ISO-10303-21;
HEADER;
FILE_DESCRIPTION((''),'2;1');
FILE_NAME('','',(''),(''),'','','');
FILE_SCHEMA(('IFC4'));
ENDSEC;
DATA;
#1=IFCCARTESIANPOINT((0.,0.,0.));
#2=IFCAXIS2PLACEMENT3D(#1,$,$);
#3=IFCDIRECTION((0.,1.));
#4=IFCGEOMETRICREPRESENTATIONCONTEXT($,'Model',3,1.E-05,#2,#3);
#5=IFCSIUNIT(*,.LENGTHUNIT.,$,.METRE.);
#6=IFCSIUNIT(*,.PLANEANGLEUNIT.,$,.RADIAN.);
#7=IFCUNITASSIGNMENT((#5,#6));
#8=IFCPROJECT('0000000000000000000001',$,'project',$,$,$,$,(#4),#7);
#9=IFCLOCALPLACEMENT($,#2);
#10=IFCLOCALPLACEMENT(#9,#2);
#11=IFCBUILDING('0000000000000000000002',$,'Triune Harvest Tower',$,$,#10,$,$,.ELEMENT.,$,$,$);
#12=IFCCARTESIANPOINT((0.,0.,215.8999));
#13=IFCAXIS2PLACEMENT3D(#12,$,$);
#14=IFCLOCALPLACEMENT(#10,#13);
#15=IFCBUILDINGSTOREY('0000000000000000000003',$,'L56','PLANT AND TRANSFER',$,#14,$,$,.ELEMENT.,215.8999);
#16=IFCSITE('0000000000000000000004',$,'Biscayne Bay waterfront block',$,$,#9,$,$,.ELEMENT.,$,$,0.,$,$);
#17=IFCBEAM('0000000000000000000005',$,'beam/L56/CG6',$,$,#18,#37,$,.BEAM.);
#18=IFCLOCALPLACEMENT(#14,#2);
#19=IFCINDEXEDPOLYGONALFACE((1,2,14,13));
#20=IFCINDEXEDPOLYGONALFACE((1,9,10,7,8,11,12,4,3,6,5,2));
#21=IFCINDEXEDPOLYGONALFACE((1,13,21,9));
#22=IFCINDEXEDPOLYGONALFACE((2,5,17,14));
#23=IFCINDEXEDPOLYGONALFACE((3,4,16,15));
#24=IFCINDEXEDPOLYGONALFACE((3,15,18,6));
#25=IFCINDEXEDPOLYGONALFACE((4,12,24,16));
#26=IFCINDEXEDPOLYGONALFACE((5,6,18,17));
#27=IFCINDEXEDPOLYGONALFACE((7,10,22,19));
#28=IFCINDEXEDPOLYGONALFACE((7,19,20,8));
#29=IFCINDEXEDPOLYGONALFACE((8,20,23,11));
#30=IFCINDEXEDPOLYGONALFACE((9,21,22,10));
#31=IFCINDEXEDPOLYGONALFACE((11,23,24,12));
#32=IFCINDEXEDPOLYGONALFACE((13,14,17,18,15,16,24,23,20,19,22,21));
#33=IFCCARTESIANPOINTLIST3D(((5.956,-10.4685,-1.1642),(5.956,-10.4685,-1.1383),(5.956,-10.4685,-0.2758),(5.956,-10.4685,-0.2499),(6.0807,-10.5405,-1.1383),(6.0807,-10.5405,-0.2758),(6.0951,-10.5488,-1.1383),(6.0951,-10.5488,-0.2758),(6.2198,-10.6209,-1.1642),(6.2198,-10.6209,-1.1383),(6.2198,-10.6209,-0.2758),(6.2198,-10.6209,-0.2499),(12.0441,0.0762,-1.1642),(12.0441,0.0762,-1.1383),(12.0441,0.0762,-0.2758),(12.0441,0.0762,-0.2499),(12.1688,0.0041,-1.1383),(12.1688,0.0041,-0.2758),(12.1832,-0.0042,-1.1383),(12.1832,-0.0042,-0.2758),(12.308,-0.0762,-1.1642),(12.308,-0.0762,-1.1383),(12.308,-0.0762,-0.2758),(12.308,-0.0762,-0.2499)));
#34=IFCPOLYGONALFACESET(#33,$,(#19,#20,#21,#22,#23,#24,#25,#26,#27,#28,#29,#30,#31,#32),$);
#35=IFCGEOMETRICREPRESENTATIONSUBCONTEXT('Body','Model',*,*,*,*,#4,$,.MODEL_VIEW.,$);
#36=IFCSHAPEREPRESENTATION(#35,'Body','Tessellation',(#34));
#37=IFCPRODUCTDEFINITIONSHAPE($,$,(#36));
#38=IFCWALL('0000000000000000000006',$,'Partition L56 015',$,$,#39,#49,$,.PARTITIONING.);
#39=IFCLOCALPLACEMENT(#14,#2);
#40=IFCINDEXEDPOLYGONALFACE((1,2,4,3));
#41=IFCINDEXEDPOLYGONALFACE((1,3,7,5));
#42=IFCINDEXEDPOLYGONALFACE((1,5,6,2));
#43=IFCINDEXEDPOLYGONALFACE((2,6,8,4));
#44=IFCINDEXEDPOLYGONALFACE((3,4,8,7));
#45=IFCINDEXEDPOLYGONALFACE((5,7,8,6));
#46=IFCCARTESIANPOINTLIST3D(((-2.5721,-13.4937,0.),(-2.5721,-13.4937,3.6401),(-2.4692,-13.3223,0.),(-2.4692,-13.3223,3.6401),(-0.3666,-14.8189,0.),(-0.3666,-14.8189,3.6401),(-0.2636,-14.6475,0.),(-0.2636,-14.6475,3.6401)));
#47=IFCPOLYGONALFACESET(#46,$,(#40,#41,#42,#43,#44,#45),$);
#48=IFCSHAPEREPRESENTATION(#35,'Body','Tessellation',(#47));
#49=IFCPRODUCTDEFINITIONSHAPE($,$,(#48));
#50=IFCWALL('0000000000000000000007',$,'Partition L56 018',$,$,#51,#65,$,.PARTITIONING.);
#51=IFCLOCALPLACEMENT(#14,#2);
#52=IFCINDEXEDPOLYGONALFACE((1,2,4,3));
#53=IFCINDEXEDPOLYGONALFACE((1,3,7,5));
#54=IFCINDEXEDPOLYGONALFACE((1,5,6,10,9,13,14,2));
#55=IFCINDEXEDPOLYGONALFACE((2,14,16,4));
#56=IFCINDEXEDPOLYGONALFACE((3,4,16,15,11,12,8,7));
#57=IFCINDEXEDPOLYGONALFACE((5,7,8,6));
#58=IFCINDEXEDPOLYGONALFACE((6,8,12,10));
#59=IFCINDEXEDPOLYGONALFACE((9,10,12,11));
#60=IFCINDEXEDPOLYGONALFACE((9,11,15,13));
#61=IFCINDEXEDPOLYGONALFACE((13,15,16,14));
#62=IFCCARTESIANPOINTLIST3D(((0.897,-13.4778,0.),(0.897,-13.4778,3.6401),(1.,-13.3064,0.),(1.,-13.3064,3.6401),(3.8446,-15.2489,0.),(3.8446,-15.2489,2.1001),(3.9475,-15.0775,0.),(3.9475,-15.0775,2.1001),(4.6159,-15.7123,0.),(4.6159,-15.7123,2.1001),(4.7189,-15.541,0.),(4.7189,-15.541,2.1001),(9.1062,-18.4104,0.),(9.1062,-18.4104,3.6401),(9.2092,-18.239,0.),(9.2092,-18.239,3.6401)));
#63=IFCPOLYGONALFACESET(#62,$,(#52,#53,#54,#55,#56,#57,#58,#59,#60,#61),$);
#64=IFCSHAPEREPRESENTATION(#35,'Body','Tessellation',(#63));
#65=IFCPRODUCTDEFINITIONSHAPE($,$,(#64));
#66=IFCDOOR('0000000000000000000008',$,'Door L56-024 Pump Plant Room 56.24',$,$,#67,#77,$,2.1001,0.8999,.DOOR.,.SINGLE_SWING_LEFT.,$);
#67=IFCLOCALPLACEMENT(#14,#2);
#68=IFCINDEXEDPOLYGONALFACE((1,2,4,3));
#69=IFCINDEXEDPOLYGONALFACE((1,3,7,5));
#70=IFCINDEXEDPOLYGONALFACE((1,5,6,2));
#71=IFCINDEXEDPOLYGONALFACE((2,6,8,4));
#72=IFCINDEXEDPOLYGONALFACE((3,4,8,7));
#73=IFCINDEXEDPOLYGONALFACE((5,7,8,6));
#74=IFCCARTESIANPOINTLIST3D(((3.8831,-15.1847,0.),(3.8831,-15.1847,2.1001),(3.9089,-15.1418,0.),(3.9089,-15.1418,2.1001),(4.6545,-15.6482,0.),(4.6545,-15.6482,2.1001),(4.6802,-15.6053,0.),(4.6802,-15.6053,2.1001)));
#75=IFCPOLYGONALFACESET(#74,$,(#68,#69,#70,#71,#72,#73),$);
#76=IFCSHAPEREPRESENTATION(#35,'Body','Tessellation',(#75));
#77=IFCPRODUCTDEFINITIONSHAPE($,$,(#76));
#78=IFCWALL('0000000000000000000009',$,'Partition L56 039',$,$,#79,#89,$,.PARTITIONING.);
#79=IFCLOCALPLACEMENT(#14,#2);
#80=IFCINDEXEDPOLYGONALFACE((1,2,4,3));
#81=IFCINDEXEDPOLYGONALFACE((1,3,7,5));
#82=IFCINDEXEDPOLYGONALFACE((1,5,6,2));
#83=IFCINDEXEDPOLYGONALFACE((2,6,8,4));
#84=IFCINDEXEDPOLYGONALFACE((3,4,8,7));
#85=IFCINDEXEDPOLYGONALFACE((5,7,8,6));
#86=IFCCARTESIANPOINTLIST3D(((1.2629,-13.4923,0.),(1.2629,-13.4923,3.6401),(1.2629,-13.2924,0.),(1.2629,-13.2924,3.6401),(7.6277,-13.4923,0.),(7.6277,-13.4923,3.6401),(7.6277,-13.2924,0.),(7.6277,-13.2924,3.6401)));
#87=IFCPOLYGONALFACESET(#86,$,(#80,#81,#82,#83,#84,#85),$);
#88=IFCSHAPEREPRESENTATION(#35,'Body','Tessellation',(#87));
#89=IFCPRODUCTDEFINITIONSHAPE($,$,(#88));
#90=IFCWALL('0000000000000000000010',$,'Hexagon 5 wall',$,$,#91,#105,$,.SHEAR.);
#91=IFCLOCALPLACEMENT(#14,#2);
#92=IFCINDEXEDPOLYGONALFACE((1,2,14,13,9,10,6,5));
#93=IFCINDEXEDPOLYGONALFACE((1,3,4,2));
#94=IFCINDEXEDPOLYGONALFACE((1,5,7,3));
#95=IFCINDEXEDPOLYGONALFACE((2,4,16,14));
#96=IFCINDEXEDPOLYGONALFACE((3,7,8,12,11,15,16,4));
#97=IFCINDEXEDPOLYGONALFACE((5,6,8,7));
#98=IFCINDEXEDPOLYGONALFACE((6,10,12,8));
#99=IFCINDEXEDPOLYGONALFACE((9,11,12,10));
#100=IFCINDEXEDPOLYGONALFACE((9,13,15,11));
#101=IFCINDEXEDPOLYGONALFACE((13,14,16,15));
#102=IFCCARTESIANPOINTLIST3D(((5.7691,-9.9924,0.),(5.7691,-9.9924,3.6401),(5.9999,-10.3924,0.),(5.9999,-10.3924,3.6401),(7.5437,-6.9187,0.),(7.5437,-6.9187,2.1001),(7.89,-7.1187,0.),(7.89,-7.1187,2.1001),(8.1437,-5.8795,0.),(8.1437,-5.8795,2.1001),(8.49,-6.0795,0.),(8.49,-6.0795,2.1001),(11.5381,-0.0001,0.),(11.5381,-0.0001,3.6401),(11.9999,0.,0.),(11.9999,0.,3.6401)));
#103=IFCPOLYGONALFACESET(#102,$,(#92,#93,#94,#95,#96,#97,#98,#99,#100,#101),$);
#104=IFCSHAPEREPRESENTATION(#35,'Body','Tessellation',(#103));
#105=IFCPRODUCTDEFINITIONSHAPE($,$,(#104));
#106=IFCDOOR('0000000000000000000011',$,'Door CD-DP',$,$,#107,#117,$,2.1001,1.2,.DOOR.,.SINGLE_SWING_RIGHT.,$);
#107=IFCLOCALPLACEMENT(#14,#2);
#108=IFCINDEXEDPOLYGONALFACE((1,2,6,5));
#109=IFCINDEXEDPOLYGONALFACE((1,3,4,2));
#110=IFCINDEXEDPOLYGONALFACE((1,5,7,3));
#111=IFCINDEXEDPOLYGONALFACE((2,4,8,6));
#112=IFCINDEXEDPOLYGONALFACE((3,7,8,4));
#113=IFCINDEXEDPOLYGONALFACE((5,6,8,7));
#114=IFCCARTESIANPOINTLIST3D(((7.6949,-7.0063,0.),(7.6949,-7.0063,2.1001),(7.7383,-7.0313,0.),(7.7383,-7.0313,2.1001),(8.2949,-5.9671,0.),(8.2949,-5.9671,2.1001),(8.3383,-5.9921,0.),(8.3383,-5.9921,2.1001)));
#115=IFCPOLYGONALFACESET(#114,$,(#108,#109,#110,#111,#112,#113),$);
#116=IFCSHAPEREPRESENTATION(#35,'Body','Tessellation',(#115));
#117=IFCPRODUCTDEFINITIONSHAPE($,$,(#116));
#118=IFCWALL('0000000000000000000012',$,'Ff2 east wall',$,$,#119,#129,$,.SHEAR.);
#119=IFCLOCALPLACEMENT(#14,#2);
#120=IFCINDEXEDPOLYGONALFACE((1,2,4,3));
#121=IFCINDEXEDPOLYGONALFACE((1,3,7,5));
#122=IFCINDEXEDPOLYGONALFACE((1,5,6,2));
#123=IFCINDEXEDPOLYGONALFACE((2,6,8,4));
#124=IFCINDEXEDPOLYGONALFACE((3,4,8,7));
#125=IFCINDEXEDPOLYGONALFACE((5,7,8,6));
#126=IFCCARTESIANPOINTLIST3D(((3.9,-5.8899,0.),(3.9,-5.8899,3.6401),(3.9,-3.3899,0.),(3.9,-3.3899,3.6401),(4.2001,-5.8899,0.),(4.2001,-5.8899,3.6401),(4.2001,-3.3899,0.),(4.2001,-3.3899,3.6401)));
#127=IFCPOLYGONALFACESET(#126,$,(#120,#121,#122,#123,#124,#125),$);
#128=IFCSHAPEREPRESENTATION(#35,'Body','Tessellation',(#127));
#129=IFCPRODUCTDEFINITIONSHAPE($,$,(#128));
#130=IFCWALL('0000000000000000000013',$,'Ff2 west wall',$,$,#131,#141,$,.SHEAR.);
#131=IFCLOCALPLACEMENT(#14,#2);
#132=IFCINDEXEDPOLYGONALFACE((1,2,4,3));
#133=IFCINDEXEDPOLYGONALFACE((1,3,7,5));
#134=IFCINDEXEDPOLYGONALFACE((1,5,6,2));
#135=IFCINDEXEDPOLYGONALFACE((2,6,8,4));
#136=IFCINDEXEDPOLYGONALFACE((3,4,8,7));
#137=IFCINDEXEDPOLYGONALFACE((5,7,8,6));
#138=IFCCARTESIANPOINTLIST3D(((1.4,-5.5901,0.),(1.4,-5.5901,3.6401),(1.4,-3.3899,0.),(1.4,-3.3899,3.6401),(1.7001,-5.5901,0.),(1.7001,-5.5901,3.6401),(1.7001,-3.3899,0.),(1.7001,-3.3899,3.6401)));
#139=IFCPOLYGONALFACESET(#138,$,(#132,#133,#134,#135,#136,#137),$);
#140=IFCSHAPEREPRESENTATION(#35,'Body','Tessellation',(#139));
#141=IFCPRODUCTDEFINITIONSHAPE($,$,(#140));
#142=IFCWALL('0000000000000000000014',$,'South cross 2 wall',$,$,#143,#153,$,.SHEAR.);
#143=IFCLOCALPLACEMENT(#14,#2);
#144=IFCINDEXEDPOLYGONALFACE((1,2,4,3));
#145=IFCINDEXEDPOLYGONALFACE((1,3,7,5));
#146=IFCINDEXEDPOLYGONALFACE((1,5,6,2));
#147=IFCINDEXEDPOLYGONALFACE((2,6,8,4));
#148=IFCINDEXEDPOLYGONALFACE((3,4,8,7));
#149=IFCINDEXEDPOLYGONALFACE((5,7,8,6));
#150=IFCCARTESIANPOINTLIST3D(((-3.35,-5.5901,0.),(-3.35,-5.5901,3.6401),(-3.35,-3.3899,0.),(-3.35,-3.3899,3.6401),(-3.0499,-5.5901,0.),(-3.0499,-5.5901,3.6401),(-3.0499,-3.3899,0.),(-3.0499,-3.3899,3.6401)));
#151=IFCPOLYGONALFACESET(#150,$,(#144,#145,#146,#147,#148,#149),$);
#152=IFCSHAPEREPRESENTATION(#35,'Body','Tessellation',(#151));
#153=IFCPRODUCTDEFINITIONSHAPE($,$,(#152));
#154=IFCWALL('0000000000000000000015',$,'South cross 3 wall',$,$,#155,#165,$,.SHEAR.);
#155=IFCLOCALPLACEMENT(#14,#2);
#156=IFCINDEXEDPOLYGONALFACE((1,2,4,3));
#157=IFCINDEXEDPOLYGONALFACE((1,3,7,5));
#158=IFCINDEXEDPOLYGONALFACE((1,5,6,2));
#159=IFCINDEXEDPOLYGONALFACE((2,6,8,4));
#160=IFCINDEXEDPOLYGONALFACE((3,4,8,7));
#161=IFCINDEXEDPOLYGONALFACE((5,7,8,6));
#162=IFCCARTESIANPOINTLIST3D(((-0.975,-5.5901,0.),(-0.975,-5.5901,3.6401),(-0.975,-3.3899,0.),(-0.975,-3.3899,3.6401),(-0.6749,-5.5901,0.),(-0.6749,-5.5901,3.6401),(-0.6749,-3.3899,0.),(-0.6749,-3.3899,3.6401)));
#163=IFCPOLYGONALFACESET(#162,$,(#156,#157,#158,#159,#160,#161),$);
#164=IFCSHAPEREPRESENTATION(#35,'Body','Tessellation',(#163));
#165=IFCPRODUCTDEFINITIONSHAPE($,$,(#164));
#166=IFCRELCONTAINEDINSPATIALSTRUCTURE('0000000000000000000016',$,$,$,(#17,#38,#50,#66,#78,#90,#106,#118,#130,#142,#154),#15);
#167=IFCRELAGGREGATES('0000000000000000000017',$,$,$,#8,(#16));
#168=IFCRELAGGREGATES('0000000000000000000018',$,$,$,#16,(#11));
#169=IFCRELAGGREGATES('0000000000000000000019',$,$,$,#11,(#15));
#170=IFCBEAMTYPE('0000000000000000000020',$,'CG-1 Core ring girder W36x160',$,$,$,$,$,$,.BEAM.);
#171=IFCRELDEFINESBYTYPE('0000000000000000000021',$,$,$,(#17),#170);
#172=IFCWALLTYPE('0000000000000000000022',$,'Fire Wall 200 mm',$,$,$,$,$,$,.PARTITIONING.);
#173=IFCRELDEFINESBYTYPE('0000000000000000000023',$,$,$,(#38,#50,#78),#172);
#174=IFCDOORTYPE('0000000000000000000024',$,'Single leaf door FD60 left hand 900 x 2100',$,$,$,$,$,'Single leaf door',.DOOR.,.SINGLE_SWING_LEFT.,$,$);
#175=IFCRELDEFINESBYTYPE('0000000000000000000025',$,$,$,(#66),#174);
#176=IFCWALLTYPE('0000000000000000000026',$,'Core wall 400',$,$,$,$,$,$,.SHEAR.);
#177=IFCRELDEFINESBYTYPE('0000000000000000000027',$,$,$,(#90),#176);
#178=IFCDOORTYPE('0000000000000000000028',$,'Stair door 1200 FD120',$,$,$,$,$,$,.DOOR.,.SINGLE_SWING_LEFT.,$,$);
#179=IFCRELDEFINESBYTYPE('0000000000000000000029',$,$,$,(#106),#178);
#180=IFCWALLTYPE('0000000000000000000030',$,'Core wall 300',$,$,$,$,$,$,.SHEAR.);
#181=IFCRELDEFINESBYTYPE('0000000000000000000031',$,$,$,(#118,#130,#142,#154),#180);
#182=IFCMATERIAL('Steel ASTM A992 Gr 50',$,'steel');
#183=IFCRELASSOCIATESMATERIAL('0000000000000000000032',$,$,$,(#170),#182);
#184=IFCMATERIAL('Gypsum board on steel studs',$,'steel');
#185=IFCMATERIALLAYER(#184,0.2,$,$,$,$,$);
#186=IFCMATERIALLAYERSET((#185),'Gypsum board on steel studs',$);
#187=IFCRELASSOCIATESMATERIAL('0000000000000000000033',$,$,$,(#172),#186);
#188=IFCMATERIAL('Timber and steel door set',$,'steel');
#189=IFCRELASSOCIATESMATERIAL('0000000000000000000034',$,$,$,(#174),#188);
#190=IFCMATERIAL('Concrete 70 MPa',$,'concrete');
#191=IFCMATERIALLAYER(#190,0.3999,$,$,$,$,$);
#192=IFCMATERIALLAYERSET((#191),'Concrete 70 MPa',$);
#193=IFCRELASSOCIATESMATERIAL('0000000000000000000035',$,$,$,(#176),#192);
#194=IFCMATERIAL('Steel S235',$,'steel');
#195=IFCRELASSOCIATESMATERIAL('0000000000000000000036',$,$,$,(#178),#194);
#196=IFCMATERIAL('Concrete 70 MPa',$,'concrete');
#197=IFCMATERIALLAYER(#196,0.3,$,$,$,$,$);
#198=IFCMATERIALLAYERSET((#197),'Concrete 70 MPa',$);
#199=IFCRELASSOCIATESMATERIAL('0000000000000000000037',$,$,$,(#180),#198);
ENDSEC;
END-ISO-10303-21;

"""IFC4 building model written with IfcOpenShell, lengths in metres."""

from ifc_helpers import new_model, si_unit, direction, frame, frame_2d, origin, origin_2d, place, context, subcontext, project, spatial, polyline, rectangle, i_section, outline, extrude, source, transform, mapped, material, layer, layer_set, material_profile, profile_set, type_object, element, fill, save


model = new_model("IFC4")

# Units and contexts
model_context = context("Model", 3, precision=1e-05, world=origin(), true_north=direction((0.0, 1.0)))
body_context = subcontext(model_context, "Body", "Model", "MODEL_VIEW")
ifc_project = project(units=[si_unit("LENGTHUNIT", "METRE"), si_unit("PLANEANGLEUNIT", "RADIAN")], contexts=[model_context])

# Site, building, storey
site_placement = place(None, origin())
site = spatial("IfcSite", under=ifc_project, at=site_placement, Name="Biscayne Bay waterfront block", CompositionType="ELEMENT", RefElevation=0.0)
building_placement = place(site_placement, origin())
building = spatial("IfcBuilding", under=site, at=building_placement, Name="Triune Harvest Tower", CompositionType="ELEMENT")
storey_placement = place(building_placement, frame((0.0, 0.0, 215.8999)))
storey = spatial("IfcBuildingStorey", under=building, at=storey_placement, Name="L56", Description="PLANT AND TRANSFER", CompositionType="ELEMENT", Elevation=215.8999)

# Beam
ifc_material_1 = material(Name="Steel ASTM A992 Gr 50", Category="steel")
ifc_material_profile = material_profile(ifc_material_1, i_section(OverallWidth=0.3047, OverallDepth=0.9143, WebThickness=0.0166, FlangeThickness=0.0259, at=origin_2d()), Name="W36x160")
ifc_profile_set = profile_set([ifc_material_profile], Name="Steel ASTM A992 Gr 50")
beam_type = type_object("IfcBeamType", Name="CG-1 Core ring girder W36x160", PredefinedType="BEAM", material=ifc_profile_set)
shared_shape_1 = source(origin(), body_context, "Body", "SweptSolid", [
    extrude(i_section(OverallWidth=0.3047, OverallDepth=0.9143, WebThickness=0.0166, FlangeThickness=0.0259, at=origin_2d()), origin(), (0.0, 0.0, 1.0), 12.176),
])
beam_placement = place(storey_placement, frame((6.0879, -10.5447, -0.707), z_axis=(0.50001, 0.86602, 0.0), x_axis=(-0.86602, 0.50001, 0.0)))
element("IfcBeam", 1, at=beam_placement, inside=storey, type_object=beam_type, Name="beam/L56/CG6", PredefinedType="BEAM", context=body_context, shape_type="MappedRepresentation", body=[
    mapped(shared_shape_1, transform((0.0, 0.0, 0.0), scale=1.0)),
])

# Wall
ifc_material_2 = material(Name="Gypsum board on steel studs", Category="steel")
ifc_layer_1 = layer(ifc_material_2, 0.2)
ifc_layer_set_1 = layer_set([ifc_layer_1], Name="Gypsum board on steel studs")
wall_type_1 = type_object("IfcWallType", Name="Fire Wall 200 mm", PredefinedType="PARTITIONING", material=ifc_layer_set_1)
wall_1_placement = place(storey_placement, frame((-2.5208, -13.408, 0.0), z_axis=(0.0, 0.0, 1.0), x_axis=(0.857175, -0.515026, 0.0)))
element("IfcWall", 2, at=wall_1_placement, inside=storey, type_object=wall_type_1, Name="Partition L56 015", PredefinedType="PARTITIONING", context=body_context, shape_type="SweptSolid", body=[
    extrude(rectangle(XDim=2.573, YDim=0.2, at=frame_2d((1.2866, 0.0))), origin(), (0.0, 0.0, 1.0), 3.6401),
])

# Wall, opening, door
wall_2_placement = place(storey_placement, frame((0.9485, -13.3921, 0.0), z_axis=(0.0, 0.0, 1.0), x_axis=(0.857167, -0.515039, 0.0)))
wall_2 = element("IfcWall", 3, at=wall_2_placement, inside=storey, type_object=wall_type_1, Name="Partition L56 018", PredefinedType="PARTITIONING", context=body_context, shape_type="SweptSolid", body=[
    extrude(rectangle(XDim=9.5771, YDim=0.2, at=frame_2d((4.7886, 0.0))), origin(), (0.0, 0.0, 1.0), 3.6401),
])
opening_1_placement = place(wall_2_placement, frame((3.4387, 0.0, 0.0)))
opening_1 = element("IfcOpeningElement", 4, at=opening_1_placement, cuts=wall_2, PredefinedType="OPENING", context=body_context, shape_type="SweptSolid", body=[
    extrude(rectangle(XDim=0.8999, YDim=2.1001, at=frame_2d((0.45, 1.05))), frame((0.0, 0.1099, 0.0), z_axis=(0.0, -1.0, 0.0), x_axis=(1.0, 0.0, 0.0)), (0.0, 0.0, 1.0), 0.22),
])
ifc_material_3 = material(Name="Timber and steel door set", Category="steel")
door_type_1 = type_object("IfcDoorType", Name="Single leaf door FD60 left hand 900 x 2100", ElementType="Single leaf door", OperationType="SINGLE_SWING_LEFT", PredefinedType="DOOR", material=ifc_material_3)
door_1_placement = place(opening_1_placement, origin())
door_1 = element("IfcDoor", 5, at=door_1_placement, inside=storey, type_object=door_type_1, Name="Door L56-024 Pump Plant Room 56.24", OperationType="SINGLE_SWING_LEFT", OverallHeight=2.1001, OverallWidth=0.8999, PredefinedType="DOOR", context=body_context, shape_type="SweptSolid", body=[
    extrude(rectangle(XDim=0.8999, YDim=2.1001, at=frame_2d((0.45, 1.05))), frame((0.0, 0.0249, 0.0), z_axis=(0.0, -1.0, 0.0), x_axis=(1.0, 0.0, 0.0)), (0.0, 0.0, 1.0), 0.05),
])
fill(opening_1, door_1)

# Wall
wall_3_placement = place(storey_placement, frame((1.2629, -13.3923, 0.0), z_axis=(0.0, 0.0, 1.0), x_axis=(1.0, 0.0, 0.0)))
element("IfcWall", 6, at=wall_3_placement, inside=storey, type_object=wall_type_1, Name="Partition L56 039", PredefinedType="PARTITIONING", context=body_context, shape_type="SweptSolid", body=[
    extrude(rectangle(XDim=6.3647, YDim=0.2, at=frame_2d((3.1824, 0.0))), origin(), (0.0, 0.0, 1.0), 3.6401),
])

# Wall, opening, door
ifc_material_4 = material(Name="Concrete 70 MPa", Category="concrete")
ifc_layer_2 = layer(ifc_material_4, 0.3999)
ifc_layer_set_2 = layer_set([ifc_layer_2], Name="Concrete 70 MPa")
wall_type_2 = type_object("IfcWallType", Name="Core wall 400", PredefinedType="SHEAR", material=ifc_layer_set_2)
shared_shape_2 = source(origin(), body_context, "Body", "SweptSolid", [
    extrude(outline(polyline([(-0.1155, -0.2), (11.8845, -0.2), (11.6536, 0.2), (0.1155, 0.2), (-0.1155, -0.2)])), origin(), (0.0, 0.0, 1.0), 3.6401),
])
wall_4_placement = place(storey_placement, frame((5.8845, -10.1924, 0.0), z_axis=(0.0, 0.0, 1.0), x_axis=(0.499997, 0.866027, 0.0)))
wall_4 = element("IfcWall", 7, at=wall_4_placement, inside=storey, type_object=wall_type_2, Name="Hexagon 5 wall", PredefinedType="SHEAR", context=body_context, shape_type="MappedRepresentation", body=[
    mapped(shared_shape_2, transform((0.0, 0.0, 0.0), scale=1.0)),
])
opening_2_placement = place(wall_4_placement, frame((3.6646, 0.0, 0.0)))
opening_2 = element("IfcOpeningElement", 8, at=opening_2_placement, cuts=wall_4, PredefinedType="OPENING", context=body_context, shape_type="SweptSolid", body=[
    extrude(rectangle(XDim=1.2, YDim=2.1001, at=frame_2d((0.6001, 1.05))), frame((0.0, 0.21, 0.0), z_axis=(0.0, -1.0, 0.0), x_axis=(1.0, 0.0, 0.0)), (0.0, 0.0, 1.0), 0.4199),
])
ifc_material_5 = material(Name="Steel S235", Category="steel")
door_type_2 = type_object("IfcDoorType", Name="Stair door 1200 FD120", OperationType="SINGLE_SWING_LEFT", PredefinedType="DOOR", material=ifc_material_5)
door_2_placement = place(opening_2_placement, frame((1.2, 0.0, 0.0), z_axis=(0.0, 0.0, 1.0), x_axis=(-1.0, 0.0, 0.0)))
door_2 = element("IfcDoor", 9, at=door_2_placement, inside=storey, type_object=door_type_2, Name="Door CD-DP", OperationType="SINGLE_SWING_RIGHT", OverallHeight=2.1001, OverallWidth=1.2, PredefinedType="DOOR", context=body_context, shape_type="SweptSolid", body=[
    extrude(rectangle(XDim=1.2, YDim=2.1001, at=frame_2d((0.6001, 1.05))), frame((0.0, 0.0249, 0.0), z_axis=(0.0, -1.0, 0.0), x_axis=(1.0, 0.0, 0.0)), (0.0, 0.0, 1.0), 0.05),
])
fill(opening_2, door_2)

# Walls
ifc_material_6 = material(Name="Concrete 70 MPa", Category="concrete")
ifc_layer_3 = layer(ifc_material_6, 0.3)
ifc_layer_set_3 = layer_set([ifc_layer_3], Name="Concrete 70 MPa")
wall_type_3 = type_object("IfcWallType", Name="Core wall 300", PredefinedType="SHEAR", material=ifc_layer_set_3)
shared_shape_3 = source(origin(), body_context, "Body", "SweptSolid", [
    extrude(rectangle(XDim=2.5, YDim=0.3, at=frame_2d((1.25, 0.0))), origin(), (0.0, 0.0, 1.0), 3.6401),
])
wall_5_placement = place(storey_placement, frame((4.05, -5.8899, 0.0), z_axis=(0.0, 0.0, 1.0), x_axis=(0.0, 1.0, 0.0)))
element("IfcWall", 10, at=wall_5_placement, inside=storey, type_object=wall_type_3, Name="Ff2 east wall", PredefinedType="SHEAR", context=body_context, shape_type="MappedRepresentation", body=[
    mapped(shared_shape_3, transform((0.0, 0.0, 0.0), scale=1.0)),
])
shared_shape_4 = source(origin(), body_context, "Body", "SweptSolid", [
    extrude(rectangle(XDim=2.2002, YDim=0.3, at=frame_2d((1.1001, 0.0))), origin(), (0.0, 0.0, 1.0), 3.6401),
])
for number, where, z_axis, x_axis, name in (
    (11, (1.55, -5.5901, 0.0), (0.0, 0.0, 1.0), (0.0, 1.0, 0.0), "Ff2 west wall"),
    (12, (-3.2, -5.5901, 0.0), (0.0, 0.0, 1.0), (0.0, 1.0, 0.0), "South cross 2 wall"),
    (13, (-0.825, -5.5901, 0.0), (0.0, 0.0, 1.0), (0.0, 1.0, 0.0), "South cross 3 wall"),
):
    element("IfcWall", number, at=place(storey_placement, frame(where, z_axis=z_axis, x_axis=x_axis)), inside=storey, type_object=wall_type_3, Name=name, PredefinedType="SHEAR", context=body_context, shape_type="MappedRepresentation", body=[
        mapped(shared_shape_4, transform((0.0, 0.0, 0.0), scale=1.0)),
    ])

save(model, "model.ifc")
